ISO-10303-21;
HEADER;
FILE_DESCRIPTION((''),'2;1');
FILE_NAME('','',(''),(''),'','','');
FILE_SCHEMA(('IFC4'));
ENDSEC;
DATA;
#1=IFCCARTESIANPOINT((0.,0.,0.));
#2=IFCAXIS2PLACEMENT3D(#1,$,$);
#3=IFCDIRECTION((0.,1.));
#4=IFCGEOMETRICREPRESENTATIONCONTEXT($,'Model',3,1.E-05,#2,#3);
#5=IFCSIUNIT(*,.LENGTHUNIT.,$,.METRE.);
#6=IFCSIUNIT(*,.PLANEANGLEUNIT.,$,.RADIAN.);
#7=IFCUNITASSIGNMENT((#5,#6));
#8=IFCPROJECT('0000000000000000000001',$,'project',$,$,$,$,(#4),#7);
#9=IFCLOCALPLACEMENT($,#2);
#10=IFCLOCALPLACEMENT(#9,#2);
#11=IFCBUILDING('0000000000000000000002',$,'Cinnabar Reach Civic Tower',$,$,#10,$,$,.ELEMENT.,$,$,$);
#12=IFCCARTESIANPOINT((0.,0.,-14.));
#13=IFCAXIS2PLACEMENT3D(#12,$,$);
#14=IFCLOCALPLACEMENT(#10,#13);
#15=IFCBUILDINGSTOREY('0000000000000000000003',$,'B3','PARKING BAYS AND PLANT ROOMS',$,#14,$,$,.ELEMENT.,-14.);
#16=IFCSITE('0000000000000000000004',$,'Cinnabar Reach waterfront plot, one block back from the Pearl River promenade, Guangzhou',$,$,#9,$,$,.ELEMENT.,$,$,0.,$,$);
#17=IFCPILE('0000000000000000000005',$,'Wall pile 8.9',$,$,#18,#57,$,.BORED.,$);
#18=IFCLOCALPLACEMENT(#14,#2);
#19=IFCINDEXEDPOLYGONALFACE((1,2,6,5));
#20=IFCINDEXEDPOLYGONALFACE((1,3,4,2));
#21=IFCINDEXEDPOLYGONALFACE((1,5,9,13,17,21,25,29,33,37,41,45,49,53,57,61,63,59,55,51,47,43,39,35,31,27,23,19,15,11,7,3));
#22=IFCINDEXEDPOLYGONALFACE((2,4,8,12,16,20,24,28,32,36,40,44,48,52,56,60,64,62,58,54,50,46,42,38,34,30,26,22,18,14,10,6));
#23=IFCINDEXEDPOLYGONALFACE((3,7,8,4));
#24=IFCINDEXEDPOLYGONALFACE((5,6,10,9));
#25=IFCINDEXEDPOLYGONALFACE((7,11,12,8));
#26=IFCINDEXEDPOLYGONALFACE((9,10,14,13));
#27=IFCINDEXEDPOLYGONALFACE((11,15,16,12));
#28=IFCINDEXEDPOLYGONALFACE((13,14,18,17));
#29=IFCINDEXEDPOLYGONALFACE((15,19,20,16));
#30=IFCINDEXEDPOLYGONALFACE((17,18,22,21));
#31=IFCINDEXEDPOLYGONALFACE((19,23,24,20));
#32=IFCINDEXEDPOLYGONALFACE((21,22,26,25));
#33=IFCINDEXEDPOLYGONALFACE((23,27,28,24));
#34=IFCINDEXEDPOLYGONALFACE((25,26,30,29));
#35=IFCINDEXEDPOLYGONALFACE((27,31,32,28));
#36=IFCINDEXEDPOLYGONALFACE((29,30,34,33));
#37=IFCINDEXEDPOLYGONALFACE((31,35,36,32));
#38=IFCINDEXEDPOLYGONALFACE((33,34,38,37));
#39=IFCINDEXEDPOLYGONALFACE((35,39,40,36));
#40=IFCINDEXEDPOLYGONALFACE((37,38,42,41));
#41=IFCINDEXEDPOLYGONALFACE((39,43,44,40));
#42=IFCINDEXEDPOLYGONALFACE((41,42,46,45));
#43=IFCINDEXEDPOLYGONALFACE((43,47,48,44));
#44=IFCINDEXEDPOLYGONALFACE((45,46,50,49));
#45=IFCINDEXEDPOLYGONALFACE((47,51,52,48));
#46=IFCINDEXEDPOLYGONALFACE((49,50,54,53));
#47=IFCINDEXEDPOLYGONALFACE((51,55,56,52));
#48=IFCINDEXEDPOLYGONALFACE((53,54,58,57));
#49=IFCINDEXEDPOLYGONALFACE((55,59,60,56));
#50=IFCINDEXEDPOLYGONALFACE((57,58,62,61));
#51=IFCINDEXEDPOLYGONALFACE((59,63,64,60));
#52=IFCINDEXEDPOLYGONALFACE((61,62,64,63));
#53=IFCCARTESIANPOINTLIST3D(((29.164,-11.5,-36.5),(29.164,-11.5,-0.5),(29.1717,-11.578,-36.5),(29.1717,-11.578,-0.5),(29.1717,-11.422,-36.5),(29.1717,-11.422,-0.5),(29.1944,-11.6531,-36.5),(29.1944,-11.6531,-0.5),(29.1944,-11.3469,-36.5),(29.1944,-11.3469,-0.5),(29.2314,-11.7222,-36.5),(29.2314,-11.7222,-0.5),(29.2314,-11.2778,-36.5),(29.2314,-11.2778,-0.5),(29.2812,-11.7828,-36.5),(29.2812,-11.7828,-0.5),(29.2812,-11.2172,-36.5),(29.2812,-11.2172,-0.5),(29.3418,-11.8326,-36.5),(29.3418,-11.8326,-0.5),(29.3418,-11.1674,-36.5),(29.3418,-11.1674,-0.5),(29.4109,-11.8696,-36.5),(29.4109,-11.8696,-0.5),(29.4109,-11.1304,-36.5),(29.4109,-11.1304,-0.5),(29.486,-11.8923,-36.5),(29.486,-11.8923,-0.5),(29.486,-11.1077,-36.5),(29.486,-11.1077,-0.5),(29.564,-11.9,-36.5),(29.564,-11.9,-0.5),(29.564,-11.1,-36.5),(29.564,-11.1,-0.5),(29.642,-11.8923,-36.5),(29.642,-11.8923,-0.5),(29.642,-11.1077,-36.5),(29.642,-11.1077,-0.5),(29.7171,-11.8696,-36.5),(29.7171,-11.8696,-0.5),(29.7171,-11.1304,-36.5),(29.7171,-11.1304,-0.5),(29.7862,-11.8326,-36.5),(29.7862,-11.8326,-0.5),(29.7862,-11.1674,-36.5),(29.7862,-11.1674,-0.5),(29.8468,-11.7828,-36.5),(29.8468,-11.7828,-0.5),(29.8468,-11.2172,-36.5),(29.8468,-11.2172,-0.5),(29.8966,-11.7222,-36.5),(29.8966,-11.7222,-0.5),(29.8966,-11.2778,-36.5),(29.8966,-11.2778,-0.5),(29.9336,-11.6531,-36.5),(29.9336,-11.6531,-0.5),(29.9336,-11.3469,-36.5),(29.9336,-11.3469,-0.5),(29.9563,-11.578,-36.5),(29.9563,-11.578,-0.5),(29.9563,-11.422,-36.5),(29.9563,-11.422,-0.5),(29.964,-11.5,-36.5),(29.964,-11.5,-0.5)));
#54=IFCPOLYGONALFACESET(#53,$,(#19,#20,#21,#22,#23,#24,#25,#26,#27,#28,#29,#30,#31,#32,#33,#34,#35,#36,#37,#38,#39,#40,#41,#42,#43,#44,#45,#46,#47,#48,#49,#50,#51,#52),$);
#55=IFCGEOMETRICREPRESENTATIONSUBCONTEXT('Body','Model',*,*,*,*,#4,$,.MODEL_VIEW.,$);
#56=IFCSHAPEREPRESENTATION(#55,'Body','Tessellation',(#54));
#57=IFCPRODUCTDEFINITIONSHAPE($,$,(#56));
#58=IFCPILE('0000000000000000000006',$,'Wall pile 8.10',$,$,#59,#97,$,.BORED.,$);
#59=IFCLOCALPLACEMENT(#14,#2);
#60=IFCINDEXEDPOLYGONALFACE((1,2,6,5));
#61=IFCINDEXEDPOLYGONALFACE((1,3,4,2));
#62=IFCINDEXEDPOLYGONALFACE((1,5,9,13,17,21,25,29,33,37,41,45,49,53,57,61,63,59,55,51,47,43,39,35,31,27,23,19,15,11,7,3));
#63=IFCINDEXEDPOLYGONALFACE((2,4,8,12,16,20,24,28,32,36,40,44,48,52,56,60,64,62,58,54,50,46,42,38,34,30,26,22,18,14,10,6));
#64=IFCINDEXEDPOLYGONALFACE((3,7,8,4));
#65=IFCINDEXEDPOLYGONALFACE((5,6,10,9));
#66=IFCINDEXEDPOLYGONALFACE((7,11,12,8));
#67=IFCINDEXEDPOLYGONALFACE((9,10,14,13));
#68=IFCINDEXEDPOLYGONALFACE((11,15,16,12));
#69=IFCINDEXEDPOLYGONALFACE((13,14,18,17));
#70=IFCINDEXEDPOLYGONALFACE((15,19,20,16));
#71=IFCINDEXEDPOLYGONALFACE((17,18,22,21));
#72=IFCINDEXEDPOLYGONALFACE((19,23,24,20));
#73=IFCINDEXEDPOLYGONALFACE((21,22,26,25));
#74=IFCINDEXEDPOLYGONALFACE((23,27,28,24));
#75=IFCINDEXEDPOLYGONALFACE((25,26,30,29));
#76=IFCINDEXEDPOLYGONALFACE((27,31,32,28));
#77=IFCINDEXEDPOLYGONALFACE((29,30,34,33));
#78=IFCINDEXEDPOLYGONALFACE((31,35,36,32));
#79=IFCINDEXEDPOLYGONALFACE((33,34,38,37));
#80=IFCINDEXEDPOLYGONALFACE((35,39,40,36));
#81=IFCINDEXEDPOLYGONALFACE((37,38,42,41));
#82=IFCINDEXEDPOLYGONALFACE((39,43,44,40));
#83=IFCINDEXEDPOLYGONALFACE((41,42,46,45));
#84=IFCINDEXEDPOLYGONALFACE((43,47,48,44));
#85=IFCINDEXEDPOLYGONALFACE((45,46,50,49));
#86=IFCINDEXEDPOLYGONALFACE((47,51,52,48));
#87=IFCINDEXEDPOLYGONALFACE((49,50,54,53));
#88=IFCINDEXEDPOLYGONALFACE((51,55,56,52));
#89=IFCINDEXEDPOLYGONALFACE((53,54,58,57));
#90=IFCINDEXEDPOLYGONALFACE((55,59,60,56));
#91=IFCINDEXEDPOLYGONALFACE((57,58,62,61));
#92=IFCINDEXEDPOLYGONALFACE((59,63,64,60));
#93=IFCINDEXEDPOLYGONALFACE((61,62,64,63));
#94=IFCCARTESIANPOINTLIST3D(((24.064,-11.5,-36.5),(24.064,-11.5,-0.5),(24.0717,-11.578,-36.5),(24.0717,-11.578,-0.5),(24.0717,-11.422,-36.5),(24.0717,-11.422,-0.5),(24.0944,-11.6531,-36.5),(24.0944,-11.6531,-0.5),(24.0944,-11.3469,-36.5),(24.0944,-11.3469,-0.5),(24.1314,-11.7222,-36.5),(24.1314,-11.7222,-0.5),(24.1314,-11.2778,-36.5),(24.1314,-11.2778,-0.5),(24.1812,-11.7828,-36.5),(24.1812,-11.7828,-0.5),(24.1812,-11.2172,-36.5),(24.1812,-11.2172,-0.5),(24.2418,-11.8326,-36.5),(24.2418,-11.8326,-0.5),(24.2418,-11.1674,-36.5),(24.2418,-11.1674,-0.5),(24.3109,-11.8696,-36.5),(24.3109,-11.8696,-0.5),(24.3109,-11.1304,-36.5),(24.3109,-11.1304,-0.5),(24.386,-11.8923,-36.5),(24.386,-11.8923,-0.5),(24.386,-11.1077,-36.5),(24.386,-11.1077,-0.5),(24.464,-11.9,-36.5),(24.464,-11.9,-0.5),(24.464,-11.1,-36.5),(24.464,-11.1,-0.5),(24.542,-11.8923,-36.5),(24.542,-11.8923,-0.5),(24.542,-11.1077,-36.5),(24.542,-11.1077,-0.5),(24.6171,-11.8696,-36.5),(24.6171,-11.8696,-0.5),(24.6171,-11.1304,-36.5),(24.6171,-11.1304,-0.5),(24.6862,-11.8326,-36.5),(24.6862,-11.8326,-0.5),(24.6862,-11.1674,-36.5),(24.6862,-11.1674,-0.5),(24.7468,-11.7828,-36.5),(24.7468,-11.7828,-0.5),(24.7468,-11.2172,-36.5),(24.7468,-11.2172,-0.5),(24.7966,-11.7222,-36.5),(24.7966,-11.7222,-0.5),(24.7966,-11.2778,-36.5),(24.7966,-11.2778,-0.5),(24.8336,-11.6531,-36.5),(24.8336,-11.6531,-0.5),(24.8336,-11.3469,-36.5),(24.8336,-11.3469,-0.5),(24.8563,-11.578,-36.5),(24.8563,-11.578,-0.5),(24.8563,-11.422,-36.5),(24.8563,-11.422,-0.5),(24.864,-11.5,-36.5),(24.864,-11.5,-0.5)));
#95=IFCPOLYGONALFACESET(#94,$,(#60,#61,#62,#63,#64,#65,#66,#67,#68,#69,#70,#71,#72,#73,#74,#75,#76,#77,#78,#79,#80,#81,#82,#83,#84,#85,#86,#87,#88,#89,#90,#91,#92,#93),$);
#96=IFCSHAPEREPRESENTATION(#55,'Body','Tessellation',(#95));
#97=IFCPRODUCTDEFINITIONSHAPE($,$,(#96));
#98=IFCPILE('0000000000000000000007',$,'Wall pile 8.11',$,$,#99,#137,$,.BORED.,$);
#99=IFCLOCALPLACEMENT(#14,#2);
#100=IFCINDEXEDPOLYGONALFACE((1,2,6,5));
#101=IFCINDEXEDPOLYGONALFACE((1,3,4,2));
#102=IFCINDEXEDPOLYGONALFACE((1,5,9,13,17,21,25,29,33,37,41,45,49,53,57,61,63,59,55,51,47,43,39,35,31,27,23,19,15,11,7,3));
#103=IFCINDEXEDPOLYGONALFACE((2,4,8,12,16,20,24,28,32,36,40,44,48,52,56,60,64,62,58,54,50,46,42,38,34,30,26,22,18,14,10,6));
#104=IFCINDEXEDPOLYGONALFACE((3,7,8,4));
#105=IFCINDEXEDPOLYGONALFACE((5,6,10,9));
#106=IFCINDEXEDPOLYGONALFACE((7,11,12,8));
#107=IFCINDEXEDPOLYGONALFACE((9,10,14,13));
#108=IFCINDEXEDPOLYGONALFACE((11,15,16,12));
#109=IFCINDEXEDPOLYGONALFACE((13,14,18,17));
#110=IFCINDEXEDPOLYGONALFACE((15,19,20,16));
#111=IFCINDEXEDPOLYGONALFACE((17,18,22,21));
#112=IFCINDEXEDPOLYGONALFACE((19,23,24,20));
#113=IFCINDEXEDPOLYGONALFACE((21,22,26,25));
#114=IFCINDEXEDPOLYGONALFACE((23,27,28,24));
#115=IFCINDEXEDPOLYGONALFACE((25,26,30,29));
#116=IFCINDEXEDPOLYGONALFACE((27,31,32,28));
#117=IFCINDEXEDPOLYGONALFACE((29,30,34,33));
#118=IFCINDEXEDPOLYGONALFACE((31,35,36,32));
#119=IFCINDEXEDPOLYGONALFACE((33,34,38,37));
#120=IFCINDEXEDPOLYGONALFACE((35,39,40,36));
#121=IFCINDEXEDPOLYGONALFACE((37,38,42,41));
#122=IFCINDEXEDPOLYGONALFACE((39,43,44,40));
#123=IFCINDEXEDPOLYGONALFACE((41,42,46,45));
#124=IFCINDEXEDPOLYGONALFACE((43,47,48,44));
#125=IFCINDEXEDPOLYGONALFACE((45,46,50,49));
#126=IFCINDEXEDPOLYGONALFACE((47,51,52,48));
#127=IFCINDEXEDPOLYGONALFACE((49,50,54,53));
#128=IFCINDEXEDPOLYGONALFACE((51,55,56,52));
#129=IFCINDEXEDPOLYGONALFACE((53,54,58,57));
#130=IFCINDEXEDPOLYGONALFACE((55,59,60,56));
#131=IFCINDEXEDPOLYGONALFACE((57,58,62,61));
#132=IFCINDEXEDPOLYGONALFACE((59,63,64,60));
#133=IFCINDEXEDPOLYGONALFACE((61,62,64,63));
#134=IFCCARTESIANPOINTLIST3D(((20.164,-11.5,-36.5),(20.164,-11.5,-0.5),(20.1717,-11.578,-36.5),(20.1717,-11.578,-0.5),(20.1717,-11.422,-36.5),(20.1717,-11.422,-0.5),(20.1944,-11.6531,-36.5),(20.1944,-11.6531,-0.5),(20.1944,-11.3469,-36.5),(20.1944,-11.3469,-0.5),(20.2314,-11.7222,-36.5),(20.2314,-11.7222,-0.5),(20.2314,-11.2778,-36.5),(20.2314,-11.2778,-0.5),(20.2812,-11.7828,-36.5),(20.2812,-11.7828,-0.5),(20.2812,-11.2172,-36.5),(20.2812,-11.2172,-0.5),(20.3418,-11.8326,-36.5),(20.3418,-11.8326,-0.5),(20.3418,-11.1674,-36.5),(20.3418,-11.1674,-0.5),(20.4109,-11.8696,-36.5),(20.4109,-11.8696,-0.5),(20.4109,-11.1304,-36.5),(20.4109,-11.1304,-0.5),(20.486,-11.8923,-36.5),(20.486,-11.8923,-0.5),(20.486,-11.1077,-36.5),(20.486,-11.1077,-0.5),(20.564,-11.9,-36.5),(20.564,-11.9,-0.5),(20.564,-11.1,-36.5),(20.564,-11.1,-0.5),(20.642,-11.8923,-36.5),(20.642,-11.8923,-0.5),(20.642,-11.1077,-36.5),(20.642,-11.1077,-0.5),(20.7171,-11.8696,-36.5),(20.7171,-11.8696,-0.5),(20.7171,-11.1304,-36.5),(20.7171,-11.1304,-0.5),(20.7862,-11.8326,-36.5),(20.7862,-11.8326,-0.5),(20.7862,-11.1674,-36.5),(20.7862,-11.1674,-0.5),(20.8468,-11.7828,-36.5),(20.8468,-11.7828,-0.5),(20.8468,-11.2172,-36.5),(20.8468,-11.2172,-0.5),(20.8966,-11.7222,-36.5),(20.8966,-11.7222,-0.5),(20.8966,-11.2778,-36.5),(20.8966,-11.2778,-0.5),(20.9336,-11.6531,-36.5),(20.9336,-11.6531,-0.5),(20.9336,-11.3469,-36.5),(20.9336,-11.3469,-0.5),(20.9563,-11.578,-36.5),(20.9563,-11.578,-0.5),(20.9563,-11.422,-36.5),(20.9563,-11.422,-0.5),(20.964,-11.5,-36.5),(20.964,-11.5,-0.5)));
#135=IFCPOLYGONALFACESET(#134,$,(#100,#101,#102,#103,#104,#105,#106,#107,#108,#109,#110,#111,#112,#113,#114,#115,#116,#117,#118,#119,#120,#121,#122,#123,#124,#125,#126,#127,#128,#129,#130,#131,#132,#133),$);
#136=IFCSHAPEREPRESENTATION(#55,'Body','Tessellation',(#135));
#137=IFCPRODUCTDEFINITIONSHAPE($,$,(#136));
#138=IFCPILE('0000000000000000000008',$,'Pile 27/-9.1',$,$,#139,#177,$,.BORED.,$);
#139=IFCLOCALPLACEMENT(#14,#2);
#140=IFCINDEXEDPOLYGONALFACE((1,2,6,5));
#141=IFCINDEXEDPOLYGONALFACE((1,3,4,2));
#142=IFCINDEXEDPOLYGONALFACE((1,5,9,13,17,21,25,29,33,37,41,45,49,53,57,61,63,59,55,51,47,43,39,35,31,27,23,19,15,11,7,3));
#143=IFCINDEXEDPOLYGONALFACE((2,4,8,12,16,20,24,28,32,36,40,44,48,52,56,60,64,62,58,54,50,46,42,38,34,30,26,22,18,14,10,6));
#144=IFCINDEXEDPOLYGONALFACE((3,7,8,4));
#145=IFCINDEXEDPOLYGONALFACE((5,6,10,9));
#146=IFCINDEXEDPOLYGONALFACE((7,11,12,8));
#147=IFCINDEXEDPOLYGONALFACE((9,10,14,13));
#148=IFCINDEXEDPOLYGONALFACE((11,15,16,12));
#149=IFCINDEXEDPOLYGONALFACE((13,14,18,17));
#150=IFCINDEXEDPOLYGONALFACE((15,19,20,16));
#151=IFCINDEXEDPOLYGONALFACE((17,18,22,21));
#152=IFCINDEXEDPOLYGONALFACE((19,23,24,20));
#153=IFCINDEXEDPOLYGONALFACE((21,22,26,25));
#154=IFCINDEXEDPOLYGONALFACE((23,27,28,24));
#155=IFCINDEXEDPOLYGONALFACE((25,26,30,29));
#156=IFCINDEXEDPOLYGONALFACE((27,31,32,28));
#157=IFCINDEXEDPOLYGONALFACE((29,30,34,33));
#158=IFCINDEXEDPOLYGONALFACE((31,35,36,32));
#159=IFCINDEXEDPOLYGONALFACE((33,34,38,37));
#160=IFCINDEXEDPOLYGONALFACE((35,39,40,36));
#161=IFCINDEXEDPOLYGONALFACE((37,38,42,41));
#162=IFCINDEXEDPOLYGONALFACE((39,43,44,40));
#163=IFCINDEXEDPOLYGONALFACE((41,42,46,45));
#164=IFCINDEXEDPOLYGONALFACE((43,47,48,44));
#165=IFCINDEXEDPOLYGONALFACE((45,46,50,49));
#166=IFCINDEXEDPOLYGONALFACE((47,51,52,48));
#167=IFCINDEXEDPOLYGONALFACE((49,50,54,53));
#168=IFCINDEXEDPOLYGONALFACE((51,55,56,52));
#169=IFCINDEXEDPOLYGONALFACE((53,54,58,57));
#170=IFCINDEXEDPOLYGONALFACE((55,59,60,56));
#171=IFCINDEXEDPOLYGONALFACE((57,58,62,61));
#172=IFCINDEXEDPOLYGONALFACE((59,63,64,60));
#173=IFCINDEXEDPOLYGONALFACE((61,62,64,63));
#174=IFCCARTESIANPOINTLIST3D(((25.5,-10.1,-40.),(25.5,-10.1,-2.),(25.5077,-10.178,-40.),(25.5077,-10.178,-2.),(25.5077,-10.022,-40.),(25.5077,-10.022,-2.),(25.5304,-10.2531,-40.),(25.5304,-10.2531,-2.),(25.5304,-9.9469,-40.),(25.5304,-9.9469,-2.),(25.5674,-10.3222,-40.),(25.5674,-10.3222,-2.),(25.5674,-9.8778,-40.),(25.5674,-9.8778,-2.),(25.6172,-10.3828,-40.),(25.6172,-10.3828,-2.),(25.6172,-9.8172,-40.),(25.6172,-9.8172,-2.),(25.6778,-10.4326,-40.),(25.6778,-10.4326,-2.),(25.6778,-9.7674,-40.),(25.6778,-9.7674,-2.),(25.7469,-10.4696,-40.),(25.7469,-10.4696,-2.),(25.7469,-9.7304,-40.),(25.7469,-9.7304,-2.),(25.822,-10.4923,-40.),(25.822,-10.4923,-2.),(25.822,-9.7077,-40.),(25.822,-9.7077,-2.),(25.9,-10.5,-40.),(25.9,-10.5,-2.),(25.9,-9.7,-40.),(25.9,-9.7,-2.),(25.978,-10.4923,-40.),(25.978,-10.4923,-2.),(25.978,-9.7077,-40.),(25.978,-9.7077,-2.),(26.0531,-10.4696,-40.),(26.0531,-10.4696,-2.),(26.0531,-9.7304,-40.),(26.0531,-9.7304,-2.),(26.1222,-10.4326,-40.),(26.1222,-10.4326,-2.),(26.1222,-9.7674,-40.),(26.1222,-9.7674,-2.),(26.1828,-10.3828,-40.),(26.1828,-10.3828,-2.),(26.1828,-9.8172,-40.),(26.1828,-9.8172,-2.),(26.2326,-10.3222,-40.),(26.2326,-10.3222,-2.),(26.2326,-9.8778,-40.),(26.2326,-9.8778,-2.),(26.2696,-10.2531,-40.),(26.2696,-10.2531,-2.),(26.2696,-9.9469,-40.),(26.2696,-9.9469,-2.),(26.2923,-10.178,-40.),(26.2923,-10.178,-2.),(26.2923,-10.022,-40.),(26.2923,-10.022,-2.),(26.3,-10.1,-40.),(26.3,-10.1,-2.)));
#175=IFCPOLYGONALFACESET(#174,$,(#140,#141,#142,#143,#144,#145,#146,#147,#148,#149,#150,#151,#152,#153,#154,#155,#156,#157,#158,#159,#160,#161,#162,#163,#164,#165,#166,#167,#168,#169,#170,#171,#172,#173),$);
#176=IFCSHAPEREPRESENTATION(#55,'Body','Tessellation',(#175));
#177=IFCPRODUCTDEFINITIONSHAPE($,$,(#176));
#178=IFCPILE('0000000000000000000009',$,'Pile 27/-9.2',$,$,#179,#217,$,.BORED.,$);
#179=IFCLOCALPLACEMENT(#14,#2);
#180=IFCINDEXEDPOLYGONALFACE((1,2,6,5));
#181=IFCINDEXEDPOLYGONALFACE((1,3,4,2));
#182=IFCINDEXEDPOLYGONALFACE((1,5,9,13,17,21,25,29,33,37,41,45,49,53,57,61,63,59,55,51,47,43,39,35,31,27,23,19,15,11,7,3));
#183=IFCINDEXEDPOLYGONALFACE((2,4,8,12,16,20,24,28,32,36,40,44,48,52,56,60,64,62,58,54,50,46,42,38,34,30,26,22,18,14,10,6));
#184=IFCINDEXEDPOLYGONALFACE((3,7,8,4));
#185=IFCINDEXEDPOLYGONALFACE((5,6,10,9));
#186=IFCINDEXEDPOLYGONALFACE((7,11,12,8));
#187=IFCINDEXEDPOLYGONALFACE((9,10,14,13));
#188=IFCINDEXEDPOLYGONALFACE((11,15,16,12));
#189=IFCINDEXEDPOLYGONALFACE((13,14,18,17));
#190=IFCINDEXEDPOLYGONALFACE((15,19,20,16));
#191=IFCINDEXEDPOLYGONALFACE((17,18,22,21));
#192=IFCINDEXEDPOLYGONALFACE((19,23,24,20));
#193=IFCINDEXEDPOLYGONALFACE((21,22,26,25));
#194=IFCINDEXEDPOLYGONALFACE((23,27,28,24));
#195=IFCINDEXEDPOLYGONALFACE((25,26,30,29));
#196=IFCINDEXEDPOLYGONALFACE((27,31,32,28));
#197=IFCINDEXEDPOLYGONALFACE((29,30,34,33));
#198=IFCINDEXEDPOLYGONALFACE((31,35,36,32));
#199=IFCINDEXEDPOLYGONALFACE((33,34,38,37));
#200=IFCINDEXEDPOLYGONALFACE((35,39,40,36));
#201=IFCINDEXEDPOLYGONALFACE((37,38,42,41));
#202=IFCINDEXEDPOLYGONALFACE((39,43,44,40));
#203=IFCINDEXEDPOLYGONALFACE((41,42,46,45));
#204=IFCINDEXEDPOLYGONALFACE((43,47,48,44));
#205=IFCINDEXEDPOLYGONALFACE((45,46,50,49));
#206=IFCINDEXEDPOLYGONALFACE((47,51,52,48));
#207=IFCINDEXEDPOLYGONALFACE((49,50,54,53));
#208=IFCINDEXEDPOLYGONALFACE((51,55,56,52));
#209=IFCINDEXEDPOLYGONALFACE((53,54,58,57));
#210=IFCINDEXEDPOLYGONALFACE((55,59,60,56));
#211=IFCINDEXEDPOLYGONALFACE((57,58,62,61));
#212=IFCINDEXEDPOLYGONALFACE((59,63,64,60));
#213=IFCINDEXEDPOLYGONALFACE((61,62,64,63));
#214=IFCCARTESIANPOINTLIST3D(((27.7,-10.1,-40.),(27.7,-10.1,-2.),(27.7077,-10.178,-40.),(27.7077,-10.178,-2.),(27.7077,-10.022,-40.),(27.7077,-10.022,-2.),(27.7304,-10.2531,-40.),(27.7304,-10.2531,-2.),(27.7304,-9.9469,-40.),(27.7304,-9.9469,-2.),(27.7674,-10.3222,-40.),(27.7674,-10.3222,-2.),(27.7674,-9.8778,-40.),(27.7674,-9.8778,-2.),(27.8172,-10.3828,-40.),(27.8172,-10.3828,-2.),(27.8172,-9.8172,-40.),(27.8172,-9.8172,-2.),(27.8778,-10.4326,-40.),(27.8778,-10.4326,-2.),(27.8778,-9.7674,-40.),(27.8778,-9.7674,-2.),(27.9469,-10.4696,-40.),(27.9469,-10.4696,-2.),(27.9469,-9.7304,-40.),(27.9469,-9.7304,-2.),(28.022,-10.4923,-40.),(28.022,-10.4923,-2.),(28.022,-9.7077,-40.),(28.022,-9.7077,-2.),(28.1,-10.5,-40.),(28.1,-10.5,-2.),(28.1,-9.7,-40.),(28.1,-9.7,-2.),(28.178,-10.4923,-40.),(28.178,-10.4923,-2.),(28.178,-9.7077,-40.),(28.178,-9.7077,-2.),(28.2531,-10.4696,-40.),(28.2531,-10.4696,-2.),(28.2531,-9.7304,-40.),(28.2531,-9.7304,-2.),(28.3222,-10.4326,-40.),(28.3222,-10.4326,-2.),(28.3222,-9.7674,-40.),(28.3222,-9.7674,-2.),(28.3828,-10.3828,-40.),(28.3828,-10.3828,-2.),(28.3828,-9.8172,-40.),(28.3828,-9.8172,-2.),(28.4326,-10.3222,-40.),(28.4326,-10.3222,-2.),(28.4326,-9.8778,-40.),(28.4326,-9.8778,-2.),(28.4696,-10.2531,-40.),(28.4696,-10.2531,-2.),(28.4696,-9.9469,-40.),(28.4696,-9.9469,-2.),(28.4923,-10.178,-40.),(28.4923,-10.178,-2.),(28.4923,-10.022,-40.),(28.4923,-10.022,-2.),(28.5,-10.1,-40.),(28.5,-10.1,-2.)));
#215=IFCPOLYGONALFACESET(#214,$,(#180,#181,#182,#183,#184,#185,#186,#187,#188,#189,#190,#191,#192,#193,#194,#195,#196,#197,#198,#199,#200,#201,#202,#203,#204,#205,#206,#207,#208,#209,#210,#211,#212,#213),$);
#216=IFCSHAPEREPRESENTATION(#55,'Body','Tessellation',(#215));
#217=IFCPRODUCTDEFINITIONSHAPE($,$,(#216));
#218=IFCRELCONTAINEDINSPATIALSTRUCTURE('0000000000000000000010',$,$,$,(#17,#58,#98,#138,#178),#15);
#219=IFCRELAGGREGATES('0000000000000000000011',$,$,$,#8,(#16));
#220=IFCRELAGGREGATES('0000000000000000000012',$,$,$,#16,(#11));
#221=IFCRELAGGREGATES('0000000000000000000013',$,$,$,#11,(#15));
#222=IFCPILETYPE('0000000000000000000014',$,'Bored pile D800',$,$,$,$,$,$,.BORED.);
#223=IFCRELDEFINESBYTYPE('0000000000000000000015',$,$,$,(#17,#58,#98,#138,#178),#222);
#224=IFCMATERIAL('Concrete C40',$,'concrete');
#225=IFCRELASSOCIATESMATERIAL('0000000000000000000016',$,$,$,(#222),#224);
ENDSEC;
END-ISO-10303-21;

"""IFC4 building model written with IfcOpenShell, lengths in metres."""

from ifc_helpers import new_model, si_unit, direction, frame, origin, origin_2d, place, context, subcontext, project, spatial, circle, extrude, material, type_object, element, save


model = new_model("IFC4")

# Units and contexts
model_context = context("Model", 3, precision=1e-05, world=origin(), true_north=direction((0.0, 1.0)))
body_context = subcontext(model_context, "Body", "Model", "MODEL_VIEW")
ifc_project = project(units=[si_unit("LENGTHUNIT", "METRE"), si_unit("PLANEANGLEUNIT", "RADIAN")], contexts=[model_context])

# Site, building, storey
site_placement = place(None, origin())
site = spatial("IfcSite", under=ifc_project, at=site_placement, Name="Cinnabar Reach waterfront plot, one block back from the Pearl River promenade, Guangzhou", CompositionType="ELEMENT", RefElevation=0.0)
building_placement = place(site_placement, origin())
building = spatial("IfcBuilding", under=site, at=building_placement, Name="Cinnabar Reach Civic Tower", CompositionType="ELEMENT")
storey_placement = place(building_placement, frame((0.0, 0.0, -14.0)))
storey = spatial("IfcBuildingStorey", under=building, at=storey_placement, Name="B3", Description="PARKING BAYS AND PLANT ROOMS", CompositionType="ELEMENT", Elevation=-14.0)

# Piles
ifc_material_1 = material(Name="Concrete C40", Category="concrete")
pile_type_1 = type_object("IfcPileType", Name="Bored pile D800", PredefinedType="BORED", material=ifc_material_1)
for number, where, z_axis, x_axis, name in (
    (1, (29.564, -11.5, -0.5), (0.0, 0.0, -1.0), (1.0, 0.0, 0.0), "Wall pile 8.9"),
    (2, (24.464, -11.5, -0.5), (0.0, 0.0, -1.0), (1.0, 0.0, 0.0), "Wall pile 8.10"),
    (3, (20.564, -11.5, -0.5), (0.0, 0.0, -1.0), (1.0, 0.0, 0.0), "Wall pile 8.11"),
):
    element("IfcPile", number, at=place(storey_placement, frame(where, z_axis=z_axis, x_axis=x_axis)), inside=storey, type_object=pile_type_1, Name=name, PredefinedType="BORED", context=body_context, shape_type="SweptSolid", body=[
        extrude(circle(Radius=0.4, at=origin_2d()), origin(), (0.0, 0.0, 1.0), 36.0),
    ])
for number, where, z_axis, x_axis, name in (
    (4, (25.9, -10.1, -2.0), (0.0, 0.0, -1.0), (1.0, 0.0, 0.0), "Pile 27/-9.1"),
    (5, (28.1, -10.1, -2.0), (0.0, 0.0, -1.0), (1.0, 0.0, 0.0), "Pile 27/-9.2"),
):
    element("IfcPile", number, at=place(storey_placement, frame(where, z_axis=z_axis, x_axis=x_axis)), inside=storey, type_object=pile_type_1, Name=name, PredefinedType="BORED", context=body_context, shape_type="SweptSolid", body=[
        extrude(circle(Radius=0.4, at=origin_2d()), origin(), (0.0, 0.0, 1.0), 38.0),
    ])

save(model, "model.ifc")
